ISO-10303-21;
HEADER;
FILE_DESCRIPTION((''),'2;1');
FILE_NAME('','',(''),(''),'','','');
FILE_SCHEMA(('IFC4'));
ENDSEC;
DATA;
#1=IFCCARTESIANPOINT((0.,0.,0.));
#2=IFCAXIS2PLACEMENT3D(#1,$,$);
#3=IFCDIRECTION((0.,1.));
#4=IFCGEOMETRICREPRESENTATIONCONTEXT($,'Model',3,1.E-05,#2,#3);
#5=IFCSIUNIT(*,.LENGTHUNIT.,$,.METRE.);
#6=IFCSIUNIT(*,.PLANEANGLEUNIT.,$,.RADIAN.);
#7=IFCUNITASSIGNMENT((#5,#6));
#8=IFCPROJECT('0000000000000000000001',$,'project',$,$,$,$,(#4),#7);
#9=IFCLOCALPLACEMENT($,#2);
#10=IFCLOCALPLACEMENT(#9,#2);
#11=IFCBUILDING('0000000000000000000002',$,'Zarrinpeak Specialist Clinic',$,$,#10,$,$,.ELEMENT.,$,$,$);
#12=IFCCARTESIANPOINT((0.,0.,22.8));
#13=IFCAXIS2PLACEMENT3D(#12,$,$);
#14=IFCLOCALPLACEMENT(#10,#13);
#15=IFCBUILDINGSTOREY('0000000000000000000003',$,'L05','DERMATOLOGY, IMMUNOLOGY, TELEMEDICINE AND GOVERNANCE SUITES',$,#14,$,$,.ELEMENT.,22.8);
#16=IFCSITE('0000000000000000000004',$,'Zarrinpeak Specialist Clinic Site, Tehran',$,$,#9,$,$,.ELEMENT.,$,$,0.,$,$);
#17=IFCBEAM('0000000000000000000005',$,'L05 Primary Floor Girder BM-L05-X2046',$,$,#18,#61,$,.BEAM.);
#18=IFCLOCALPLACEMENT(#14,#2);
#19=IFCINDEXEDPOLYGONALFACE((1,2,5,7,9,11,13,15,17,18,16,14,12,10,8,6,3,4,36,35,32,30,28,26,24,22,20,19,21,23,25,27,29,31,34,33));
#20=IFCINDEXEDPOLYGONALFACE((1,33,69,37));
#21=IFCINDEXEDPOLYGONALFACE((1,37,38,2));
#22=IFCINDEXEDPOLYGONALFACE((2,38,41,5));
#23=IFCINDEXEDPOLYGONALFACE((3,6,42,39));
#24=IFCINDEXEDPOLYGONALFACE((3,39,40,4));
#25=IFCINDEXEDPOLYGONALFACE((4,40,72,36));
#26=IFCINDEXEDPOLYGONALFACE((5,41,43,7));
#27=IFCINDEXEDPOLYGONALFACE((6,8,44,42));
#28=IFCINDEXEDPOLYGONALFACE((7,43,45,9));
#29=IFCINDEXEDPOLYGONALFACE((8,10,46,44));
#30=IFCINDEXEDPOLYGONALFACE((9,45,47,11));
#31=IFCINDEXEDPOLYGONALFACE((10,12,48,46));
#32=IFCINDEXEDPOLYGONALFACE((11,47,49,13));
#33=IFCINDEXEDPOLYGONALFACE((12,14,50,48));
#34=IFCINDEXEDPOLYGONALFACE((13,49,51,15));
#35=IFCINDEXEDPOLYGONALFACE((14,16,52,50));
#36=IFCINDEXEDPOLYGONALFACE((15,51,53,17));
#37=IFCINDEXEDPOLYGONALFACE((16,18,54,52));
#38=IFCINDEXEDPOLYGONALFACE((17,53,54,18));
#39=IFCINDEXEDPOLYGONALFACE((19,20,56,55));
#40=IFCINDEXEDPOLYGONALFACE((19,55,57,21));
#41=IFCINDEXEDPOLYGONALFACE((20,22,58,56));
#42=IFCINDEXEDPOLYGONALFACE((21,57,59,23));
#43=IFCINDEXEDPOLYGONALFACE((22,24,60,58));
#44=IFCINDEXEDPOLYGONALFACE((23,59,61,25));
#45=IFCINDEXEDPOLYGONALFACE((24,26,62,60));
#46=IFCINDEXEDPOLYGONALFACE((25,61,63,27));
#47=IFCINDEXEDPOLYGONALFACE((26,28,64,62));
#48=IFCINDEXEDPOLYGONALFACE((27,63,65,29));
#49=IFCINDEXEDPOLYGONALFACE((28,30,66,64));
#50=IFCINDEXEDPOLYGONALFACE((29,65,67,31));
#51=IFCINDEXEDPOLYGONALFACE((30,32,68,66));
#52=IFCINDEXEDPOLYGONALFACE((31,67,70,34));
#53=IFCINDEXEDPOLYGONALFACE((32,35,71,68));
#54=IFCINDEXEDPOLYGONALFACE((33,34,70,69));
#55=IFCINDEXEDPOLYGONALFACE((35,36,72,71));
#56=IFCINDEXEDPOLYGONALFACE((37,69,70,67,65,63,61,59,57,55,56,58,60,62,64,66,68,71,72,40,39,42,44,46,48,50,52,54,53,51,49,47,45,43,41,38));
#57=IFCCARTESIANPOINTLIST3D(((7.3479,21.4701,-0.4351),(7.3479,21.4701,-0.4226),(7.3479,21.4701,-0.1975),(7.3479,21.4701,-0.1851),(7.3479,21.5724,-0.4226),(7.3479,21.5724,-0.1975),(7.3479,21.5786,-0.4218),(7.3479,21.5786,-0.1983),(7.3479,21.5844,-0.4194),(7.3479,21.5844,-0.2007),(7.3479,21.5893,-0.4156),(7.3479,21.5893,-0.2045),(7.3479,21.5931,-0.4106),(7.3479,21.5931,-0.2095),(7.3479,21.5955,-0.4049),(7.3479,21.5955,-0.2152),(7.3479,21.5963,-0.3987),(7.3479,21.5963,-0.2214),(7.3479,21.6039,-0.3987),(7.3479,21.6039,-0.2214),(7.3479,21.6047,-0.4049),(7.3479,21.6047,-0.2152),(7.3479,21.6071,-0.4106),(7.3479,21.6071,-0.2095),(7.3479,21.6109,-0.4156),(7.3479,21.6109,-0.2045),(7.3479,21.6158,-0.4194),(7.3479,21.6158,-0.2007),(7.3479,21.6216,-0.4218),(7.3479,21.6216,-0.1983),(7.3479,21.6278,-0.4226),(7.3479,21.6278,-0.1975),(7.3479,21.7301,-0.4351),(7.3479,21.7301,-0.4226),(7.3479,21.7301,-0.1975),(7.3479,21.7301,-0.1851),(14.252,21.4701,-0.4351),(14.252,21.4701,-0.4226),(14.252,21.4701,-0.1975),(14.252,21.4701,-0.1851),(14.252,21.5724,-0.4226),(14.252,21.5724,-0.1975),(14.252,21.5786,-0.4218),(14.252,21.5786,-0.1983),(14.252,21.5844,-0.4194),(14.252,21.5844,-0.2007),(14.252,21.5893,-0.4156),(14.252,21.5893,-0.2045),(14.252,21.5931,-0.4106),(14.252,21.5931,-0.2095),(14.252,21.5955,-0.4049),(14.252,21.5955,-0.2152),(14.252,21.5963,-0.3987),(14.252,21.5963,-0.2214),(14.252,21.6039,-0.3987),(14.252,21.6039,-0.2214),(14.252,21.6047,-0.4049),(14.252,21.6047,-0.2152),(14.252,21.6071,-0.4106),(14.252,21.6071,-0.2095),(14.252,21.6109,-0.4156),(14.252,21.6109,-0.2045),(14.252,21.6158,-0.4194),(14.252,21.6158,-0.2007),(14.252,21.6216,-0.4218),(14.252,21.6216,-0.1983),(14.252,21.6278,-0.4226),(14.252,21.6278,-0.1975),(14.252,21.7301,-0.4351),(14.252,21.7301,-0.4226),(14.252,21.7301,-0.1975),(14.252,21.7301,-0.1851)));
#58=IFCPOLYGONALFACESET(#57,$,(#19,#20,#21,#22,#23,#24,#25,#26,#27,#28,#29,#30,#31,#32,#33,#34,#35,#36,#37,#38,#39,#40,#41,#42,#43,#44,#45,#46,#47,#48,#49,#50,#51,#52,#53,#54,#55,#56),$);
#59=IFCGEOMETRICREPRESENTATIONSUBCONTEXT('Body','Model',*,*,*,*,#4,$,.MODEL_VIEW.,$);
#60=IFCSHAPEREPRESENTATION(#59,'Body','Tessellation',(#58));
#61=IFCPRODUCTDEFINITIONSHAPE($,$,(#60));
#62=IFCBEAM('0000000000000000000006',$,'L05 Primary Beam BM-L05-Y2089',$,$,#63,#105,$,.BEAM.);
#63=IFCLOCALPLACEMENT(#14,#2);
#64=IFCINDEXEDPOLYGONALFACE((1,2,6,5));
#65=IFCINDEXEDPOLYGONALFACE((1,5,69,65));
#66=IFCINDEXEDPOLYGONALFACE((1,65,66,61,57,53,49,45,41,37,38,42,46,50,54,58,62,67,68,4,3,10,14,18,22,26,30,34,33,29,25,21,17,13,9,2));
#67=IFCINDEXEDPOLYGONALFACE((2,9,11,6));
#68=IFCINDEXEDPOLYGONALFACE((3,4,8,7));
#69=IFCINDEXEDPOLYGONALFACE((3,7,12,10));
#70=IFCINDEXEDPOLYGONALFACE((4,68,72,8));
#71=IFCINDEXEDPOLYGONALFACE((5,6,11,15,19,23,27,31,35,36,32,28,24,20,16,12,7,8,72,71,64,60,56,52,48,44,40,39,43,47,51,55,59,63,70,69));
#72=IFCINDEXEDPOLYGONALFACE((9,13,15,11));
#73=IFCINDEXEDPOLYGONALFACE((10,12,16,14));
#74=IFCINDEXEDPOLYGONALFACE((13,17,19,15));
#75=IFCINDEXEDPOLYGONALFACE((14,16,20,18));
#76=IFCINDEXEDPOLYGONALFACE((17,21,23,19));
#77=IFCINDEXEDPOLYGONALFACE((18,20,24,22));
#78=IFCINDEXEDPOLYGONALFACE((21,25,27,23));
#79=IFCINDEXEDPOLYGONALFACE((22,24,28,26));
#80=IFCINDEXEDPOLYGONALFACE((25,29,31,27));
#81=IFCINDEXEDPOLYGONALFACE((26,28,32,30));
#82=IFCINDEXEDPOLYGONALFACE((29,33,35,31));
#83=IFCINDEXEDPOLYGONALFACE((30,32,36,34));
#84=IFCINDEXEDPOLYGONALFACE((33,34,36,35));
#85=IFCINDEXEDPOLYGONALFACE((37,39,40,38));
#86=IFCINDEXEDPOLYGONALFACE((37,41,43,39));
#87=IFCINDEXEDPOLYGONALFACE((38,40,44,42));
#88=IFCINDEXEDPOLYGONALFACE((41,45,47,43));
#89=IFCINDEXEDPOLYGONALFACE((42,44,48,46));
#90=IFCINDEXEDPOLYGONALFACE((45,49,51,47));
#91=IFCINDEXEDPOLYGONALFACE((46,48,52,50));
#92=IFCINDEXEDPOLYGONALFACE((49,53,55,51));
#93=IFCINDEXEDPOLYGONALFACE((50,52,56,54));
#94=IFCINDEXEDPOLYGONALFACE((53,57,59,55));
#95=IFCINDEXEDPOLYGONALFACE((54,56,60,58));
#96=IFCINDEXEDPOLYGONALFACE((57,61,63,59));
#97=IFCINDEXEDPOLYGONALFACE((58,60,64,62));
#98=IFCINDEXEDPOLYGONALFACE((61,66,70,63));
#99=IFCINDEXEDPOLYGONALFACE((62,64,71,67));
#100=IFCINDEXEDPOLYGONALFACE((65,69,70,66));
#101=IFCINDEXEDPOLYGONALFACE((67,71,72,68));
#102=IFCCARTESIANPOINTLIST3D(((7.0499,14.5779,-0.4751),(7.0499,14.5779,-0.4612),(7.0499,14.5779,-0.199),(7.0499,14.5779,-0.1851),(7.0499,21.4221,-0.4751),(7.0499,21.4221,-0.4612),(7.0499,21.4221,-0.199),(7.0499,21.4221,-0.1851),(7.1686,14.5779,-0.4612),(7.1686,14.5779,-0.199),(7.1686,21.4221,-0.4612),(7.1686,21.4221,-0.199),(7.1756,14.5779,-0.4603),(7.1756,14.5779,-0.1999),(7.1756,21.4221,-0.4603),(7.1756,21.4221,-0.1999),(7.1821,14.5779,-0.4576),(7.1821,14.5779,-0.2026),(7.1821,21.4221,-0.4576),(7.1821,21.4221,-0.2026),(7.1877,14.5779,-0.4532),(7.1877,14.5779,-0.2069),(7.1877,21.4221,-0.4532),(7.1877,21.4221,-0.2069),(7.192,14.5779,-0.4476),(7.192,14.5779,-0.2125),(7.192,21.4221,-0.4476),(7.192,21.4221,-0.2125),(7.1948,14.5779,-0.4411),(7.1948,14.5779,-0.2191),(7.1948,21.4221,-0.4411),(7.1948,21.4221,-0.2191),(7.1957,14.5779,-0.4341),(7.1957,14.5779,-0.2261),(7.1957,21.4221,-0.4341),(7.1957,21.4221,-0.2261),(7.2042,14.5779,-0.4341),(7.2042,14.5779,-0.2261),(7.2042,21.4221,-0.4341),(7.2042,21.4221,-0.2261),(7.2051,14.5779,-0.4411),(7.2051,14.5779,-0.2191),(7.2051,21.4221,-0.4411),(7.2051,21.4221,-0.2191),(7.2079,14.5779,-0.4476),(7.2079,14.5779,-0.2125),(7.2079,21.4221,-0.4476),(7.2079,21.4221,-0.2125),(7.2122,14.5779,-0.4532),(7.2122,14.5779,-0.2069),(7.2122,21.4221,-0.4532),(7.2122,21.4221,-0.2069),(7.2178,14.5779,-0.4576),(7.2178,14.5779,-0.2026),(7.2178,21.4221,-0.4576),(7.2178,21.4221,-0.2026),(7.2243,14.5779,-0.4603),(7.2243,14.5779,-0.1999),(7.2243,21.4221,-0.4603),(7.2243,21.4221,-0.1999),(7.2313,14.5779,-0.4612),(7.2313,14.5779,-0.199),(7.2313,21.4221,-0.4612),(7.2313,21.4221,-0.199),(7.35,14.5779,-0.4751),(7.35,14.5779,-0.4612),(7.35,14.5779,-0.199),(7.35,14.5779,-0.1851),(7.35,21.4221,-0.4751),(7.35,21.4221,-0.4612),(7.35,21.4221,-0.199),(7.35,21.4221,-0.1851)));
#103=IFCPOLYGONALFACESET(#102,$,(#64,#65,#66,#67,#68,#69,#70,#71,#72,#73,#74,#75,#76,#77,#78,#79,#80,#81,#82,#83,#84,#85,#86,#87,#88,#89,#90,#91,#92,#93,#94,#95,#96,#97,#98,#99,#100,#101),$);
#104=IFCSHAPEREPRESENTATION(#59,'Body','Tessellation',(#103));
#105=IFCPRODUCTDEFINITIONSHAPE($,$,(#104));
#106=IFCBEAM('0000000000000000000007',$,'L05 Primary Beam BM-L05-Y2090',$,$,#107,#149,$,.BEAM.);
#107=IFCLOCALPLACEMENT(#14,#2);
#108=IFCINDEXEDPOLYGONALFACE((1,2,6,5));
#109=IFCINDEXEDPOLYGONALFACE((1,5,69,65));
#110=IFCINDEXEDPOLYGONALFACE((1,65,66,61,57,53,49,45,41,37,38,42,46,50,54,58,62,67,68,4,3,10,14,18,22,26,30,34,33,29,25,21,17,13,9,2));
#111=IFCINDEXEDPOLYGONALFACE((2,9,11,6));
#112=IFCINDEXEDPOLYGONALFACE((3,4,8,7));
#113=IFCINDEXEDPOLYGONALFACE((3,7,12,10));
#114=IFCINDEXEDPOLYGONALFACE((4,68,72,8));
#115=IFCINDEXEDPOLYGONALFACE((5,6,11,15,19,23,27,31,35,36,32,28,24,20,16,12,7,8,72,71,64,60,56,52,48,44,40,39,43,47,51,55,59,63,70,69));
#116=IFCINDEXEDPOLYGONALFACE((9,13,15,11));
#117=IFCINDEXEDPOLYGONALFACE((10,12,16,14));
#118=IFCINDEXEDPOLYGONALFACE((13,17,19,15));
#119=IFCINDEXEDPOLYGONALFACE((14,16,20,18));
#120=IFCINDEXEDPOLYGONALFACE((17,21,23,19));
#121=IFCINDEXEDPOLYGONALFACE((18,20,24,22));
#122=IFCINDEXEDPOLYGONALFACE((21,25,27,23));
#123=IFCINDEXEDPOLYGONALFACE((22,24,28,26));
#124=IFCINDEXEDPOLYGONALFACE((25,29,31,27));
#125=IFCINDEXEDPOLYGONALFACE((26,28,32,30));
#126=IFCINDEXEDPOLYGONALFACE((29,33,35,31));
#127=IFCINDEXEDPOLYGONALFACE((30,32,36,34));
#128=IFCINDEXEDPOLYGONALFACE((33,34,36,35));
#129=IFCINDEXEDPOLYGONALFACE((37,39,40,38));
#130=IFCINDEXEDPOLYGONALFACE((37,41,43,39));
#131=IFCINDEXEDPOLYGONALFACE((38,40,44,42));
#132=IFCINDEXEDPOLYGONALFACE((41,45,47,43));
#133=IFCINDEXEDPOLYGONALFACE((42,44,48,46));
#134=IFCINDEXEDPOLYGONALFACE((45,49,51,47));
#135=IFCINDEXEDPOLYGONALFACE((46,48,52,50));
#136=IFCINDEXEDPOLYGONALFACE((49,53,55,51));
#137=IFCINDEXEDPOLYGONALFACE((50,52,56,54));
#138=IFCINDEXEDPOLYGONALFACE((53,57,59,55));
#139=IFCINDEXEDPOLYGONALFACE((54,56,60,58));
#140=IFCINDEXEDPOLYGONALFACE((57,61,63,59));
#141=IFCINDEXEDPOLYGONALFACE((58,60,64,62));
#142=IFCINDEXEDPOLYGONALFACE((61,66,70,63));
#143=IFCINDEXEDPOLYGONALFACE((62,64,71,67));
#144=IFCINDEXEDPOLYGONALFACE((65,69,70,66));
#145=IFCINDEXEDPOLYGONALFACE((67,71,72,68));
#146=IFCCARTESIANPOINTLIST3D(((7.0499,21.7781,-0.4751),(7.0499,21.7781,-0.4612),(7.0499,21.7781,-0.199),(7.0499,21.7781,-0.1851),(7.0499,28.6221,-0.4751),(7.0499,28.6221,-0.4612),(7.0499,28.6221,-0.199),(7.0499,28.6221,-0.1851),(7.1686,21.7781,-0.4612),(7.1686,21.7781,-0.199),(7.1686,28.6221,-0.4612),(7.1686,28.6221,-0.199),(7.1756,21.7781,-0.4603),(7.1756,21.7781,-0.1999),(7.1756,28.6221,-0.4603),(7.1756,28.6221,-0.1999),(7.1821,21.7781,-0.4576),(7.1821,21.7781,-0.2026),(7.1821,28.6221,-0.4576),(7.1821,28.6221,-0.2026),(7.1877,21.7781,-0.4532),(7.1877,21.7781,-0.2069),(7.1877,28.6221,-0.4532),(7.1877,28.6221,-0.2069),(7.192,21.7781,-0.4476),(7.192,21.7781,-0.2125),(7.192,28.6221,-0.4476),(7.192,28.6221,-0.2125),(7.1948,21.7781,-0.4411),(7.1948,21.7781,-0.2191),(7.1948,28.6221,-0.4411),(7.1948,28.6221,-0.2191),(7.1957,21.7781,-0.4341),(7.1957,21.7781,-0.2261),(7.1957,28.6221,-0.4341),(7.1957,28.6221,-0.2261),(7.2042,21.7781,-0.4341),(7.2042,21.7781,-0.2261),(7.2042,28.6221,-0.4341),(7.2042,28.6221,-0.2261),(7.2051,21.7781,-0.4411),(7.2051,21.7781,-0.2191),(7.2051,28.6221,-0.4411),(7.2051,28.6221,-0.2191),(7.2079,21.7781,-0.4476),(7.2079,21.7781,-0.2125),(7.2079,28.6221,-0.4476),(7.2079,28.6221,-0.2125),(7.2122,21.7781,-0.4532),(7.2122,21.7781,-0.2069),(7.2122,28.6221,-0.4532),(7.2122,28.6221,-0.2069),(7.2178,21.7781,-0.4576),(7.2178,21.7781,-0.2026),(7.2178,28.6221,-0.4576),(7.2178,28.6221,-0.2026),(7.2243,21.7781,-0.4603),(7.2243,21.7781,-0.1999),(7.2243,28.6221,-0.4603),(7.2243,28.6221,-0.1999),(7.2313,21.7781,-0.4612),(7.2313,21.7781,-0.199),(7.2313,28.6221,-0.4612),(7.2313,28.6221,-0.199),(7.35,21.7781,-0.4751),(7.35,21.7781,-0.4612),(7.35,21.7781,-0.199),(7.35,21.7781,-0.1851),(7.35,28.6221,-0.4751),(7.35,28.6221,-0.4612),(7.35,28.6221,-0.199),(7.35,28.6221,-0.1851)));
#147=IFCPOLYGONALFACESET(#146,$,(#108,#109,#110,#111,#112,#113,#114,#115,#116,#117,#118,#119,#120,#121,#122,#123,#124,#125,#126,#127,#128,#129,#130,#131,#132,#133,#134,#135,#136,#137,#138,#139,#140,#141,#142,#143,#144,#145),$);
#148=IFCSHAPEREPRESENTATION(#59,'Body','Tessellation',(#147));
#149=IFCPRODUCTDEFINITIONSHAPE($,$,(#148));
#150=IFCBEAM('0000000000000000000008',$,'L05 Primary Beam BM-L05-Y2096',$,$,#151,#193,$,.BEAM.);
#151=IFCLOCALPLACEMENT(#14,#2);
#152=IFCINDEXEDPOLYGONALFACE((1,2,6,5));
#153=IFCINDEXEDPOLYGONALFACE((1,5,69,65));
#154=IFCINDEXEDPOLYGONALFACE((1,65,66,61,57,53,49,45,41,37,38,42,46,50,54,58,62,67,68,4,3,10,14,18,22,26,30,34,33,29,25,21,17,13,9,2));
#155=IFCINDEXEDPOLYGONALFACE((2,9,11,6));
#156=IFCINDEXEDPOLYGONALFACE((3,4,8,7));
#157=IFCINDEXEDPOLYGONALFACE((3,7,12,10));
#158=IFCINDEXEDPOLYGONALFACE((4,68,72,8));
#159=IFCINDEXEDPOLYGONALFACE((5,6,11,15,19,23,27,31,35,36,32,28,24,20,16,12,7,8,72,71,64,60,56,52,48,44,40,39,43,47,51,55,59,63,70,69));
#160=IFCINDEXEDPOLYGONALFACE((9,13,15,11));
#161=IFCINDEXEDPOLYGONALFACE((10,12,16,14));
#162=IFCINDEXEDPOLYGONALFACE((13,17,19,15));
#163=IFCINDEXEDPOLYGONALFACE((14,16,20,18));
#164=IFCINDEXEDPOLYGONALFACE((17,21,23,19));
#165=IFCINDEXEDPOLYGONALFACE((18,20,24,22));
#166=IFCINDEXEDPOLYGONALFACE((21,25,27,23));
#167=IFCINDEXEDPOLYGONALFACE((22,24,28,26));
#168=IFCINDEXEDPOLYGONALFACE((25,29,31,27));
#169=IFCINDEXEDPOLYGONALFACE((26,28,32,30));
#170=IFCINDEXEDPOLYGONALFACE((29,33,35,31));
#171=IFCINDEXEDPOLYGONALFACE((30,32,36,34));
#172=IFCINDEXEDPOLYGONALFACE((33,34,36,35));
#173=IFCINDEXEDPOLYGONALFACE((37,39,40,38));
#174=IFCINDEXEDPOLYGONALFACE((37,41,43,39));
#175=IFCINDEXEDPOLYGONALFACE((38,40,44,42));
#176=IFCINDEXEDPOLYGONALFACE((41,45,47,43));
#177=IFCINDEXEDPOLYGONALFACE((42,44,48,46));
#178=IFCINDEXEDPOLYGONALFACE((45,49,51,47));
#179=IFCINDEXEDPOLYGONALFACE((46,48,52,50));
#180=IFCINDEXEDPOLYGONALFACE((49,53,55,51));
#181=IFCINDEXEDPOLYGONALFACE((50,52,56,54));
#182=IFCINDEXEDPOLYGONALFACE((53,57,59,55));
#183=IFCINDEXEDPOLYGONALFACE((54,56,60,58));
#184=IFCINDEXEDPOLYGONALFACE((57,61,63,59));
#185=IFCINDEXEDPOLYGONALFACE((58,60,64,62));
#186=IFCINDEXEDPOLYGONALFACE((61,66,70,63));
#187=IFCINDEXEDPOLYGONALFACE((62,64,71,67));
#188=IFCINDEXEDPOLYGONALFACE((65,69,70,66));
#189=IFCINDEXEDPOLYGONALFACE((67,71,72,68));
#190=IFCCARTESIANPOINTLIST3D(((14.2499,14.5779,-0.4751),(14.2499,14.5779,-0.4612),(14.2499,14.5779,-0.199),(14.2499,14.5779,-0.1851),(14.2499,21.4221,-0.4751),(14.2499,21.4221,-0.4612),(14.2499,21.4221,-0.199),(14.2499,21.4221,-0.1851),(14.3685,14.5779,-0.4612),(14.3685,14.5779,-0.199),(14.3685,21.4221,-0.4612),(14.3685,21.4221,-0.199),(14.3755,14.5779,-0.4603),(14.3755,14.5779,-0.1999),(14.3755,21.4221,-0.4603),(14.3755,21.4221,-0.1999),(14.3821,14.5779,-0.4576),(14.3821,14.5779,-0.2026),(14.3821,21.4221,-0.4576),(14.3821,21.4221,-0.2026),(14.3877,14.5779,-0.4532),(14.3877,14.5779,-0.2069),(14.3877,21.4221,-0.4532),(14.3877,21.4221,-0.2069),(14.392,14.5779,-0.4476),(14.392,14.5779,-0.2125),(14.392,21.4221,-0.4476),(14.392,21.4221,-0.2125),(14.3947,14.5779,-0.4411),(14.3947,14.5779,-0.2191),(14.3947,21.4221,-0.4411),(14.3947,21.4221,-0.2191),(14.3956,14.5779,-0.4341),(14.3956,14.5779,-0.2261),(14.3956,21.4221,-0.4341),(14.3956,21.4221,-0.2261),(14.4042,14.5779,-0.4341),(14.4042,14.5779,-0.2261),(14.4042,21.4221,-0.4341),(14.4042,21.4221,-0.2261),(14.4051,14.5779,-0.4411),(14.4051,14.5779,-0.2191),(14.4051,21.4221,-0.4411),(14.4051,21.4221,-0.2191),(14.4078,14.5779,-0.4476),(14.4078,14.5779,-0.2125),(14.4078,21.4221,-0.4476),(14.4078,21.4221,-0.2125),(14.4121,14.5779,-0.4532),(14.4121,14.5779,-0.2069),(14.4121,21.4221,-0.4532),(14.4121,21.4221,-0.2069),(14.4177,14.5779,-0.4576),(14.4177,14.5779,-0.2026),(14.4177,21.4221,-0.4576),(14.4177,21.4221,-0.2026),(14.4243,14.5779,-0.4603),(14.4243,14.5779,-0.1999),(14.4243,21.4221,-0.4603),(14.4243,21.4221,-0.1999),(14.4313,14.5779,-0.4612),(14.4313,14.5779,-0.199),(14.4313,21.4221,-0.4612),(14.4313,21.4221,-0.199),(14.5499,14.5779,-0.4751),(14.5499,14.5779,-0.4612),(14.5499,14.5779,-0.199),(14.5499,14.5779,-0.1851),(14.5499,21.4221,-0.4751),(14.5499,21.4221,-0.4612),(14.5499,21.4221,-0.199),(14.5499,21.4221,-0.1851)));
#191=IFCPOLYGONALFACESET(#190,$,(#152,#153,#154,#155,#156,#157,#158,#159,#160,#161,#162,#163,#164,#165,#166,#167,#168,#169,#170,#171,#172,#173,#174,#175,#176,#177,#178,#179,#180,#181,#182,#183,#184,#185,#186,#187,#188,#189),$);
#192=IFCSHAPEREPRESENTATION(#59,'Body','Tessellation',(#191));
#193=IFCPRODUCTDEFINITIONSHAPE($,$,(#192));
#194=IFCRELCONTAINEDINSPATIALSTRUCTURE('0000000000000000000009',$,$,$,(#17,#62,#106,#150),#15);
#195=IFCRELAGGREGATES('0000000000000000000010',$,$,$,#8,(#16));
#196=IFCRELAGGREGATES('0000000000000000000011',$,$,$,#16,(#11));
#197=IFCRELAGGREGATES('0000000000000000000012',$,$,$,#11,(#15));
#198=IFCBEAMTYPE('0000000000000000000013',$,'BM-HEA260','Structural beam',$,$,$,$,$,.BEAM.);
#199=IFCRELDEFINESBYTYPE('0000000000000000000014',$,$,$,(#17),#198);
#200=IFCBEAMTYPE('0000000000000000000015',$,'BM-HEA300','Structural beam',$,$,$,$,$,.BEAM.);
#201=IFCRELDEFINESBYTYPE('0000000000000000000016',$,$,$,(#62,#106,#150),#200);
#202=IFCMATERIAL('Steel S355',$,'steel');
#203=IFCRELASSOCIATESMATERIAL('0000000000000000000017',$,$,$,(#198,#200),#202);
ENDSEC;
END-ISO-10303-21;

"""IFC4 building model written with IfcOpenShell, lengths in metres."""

from ifc_helpers import new_model, si_unit, direction, frame, origin, origin_2d, place, context, subcontext, project, spatial, i_section, extrude, material, material_profile, profile_set, type_object, element, save


model = new_model("IFC4")

# Units and contexts
model_context = context("Model", 3, precision=1e-05, world=origin(), true_north=direction((0.0, 1.0)))
body_context = subcontext(model_context, "Body", "Model", "MODEL_VIEW")
ifc_project = project(units=[si_unit("LENGTHUNIT", "METRE"), si_unit("PLANEANGLEUNIT", "RADIAN")], contexts=[model_context])

# Site, building, storey
site_placement = place(None, origin())
site = spatial("IfcSite", under=ifc_project, at=site_placement, Name="Zarrinpeak Specialist Clinic Site, Tehran", CompositionType="ELEMENT", RefElevation=0.0)
building_placement = place(site_placement, origin())
building = spatial("IfcBuilding", under=site, at=building_placement, Name="Zarrinpeak Specialist Clinic", CompositionType="ELEMENT")
storey_placement = place(building_placement, frame((0.0, 0.0, 22.8)))
storey = spatial("IfcBuildingStorey", under=building, at=storey_placement, Name="L05", Description="DERMATOLOGY, IMMUNOLOGY, TELEMEDICINE AND GOVERNANCE SUITES", CompositionType="ELEMENT", Elevation=22.8)

# Shared definitions
ifc_material_1 = material(Name="Steel S355", Category="steel")

# Beams
ifc_material_profile_1 = material_profile(ifc_material_1, i_section(OverallWidth=0.26, OverallDepth=0.25, WebThickness=0.0076, FlangeThickness=0.0125, FilletRadius=0.0239, at=origin_2d()), Name="HEA 260")
ifc_profile_set_1 = profile_set([ifc_material_profile_1], Name="Steel S355")
beam_type_1 = type_object("IfcBeamType", Name="BM-HEA260", Description="Structural beam", PredefinedType="BEAM", material=ifc_profile_set_1)
for number, where, z_axis, x_axis, name in (
    (1, (7.3479, 21.6001, -0.3101), (1.0, 0.0, 0.0), (0.0, 1.0, 0.0), "L05 Primary Floor Girder BM-L05-X2046"),
):
    element("IfcBeam", number, at=place(storey_placement, frame(where, z_axis=z_axis, x_axis=x_axis)), inside=storey, type_object=beam_type_1, Name=name, PredefinedType="BEAM", context=body_context, shape_type="SweptSolid", body=[
        extrude(i_section(OverallWidth=0.26, OverallDepth=0.25, WebThickness=0.0076, FlangeThickness=0.0125, FilletRadius=0.0239, at=origin_2d()), origin(), (0.0, 0.0, 1.0), 6.9041),
    ])
ifc_material_profile_2 = material_profile(ifc_material_1, i_section(OverallWidth=0.3, OverallDepth=0.29, WebThickness=0.0085, FlangeThickness=0.0139, FilletRadius=0.0271, at=origin_2d()), Name="HEA 300")
ifc_profile_set_2 = profile_set([ifc_material_profile_2], Name="Steel S355")
beam_type_2 = type_object("IfcBeamType", Name="BM-HEA300", Description="Structural beam", PredefinedType="BEAM", material=ifc_profile_set_2)
beam_1_placement = place(storey_placement, frame((7.2, 14.5779, -0.3301), z_axis=(0.0, 1.0, 0.0), x_axis=(-1.0, 0.0, 0.0)))
element("IfcBeam", 2, at=beam_1_placement, inside=storey, type_object=beam_type_2, Name="L05 Primary Beam BM-L05-Y2089", PredefinedType="BEAM", context=body_context, shape_type="SweptSolid", body=[
    extrude(i_section(OverallWidth=0.3, OverallDepth=0.29, WebThickness=0.0085, FlangeThickness=0.0139, FilletRadius=0.0271, at=origin_2d()), origin(), (0.0, 0.0, 1.0), 6.8442),
])
beam_2_placement = place(storey_placement, frame((7.2, 21.7781, -0.3301), z_axis=(0.0, 1.0, 0.0), x_axis=(-1.0, 0.0, 0.0)))
element("IfcBeam", 3, at=beam_2_placement, inside=storey, type_object=beam_type_2, Name="L05 Primary Beam BM-L05-Y2090", PredefinedType="BEAM", context=body_context, shape_type="SweptSolid", body=[
    extrude(i_section(OverallWidth=0.3, OverallDepth=0.29, WebThickness=0.0085, FlangeThickness=0.0139, FilletRadius=0.0271, at=origin_2d()), origin(), (0.0, 0.0, 1.0), 6.844),
])
beam_3_placement = place(storey_placement, frame((14.3999, 14.5779, -0.3301), z_axis=(0.0, 1.0, 0.0), x_axis=(-1.0, 0.0, 0.0)))
element("IfcBeam", 4, at=beam_3_placement, inside=storey, type_object=beam_type_2, Name="L05 Primary Beam BM-L05-Y2096", PredefinedType="BEAM", context=body_context, shape_type="SweptSolid", body=[
    extrude(i_section(OverallWidth=0.3, OverallDepth=0.29, WebThickness=0.0085, FlangeThickness=0.0139, FilletRadius=0.0271, at=origin_2d()), origin(), (0.0, 0.0, 1.0), 6.8442),
])

save(model, "model.ifc")
